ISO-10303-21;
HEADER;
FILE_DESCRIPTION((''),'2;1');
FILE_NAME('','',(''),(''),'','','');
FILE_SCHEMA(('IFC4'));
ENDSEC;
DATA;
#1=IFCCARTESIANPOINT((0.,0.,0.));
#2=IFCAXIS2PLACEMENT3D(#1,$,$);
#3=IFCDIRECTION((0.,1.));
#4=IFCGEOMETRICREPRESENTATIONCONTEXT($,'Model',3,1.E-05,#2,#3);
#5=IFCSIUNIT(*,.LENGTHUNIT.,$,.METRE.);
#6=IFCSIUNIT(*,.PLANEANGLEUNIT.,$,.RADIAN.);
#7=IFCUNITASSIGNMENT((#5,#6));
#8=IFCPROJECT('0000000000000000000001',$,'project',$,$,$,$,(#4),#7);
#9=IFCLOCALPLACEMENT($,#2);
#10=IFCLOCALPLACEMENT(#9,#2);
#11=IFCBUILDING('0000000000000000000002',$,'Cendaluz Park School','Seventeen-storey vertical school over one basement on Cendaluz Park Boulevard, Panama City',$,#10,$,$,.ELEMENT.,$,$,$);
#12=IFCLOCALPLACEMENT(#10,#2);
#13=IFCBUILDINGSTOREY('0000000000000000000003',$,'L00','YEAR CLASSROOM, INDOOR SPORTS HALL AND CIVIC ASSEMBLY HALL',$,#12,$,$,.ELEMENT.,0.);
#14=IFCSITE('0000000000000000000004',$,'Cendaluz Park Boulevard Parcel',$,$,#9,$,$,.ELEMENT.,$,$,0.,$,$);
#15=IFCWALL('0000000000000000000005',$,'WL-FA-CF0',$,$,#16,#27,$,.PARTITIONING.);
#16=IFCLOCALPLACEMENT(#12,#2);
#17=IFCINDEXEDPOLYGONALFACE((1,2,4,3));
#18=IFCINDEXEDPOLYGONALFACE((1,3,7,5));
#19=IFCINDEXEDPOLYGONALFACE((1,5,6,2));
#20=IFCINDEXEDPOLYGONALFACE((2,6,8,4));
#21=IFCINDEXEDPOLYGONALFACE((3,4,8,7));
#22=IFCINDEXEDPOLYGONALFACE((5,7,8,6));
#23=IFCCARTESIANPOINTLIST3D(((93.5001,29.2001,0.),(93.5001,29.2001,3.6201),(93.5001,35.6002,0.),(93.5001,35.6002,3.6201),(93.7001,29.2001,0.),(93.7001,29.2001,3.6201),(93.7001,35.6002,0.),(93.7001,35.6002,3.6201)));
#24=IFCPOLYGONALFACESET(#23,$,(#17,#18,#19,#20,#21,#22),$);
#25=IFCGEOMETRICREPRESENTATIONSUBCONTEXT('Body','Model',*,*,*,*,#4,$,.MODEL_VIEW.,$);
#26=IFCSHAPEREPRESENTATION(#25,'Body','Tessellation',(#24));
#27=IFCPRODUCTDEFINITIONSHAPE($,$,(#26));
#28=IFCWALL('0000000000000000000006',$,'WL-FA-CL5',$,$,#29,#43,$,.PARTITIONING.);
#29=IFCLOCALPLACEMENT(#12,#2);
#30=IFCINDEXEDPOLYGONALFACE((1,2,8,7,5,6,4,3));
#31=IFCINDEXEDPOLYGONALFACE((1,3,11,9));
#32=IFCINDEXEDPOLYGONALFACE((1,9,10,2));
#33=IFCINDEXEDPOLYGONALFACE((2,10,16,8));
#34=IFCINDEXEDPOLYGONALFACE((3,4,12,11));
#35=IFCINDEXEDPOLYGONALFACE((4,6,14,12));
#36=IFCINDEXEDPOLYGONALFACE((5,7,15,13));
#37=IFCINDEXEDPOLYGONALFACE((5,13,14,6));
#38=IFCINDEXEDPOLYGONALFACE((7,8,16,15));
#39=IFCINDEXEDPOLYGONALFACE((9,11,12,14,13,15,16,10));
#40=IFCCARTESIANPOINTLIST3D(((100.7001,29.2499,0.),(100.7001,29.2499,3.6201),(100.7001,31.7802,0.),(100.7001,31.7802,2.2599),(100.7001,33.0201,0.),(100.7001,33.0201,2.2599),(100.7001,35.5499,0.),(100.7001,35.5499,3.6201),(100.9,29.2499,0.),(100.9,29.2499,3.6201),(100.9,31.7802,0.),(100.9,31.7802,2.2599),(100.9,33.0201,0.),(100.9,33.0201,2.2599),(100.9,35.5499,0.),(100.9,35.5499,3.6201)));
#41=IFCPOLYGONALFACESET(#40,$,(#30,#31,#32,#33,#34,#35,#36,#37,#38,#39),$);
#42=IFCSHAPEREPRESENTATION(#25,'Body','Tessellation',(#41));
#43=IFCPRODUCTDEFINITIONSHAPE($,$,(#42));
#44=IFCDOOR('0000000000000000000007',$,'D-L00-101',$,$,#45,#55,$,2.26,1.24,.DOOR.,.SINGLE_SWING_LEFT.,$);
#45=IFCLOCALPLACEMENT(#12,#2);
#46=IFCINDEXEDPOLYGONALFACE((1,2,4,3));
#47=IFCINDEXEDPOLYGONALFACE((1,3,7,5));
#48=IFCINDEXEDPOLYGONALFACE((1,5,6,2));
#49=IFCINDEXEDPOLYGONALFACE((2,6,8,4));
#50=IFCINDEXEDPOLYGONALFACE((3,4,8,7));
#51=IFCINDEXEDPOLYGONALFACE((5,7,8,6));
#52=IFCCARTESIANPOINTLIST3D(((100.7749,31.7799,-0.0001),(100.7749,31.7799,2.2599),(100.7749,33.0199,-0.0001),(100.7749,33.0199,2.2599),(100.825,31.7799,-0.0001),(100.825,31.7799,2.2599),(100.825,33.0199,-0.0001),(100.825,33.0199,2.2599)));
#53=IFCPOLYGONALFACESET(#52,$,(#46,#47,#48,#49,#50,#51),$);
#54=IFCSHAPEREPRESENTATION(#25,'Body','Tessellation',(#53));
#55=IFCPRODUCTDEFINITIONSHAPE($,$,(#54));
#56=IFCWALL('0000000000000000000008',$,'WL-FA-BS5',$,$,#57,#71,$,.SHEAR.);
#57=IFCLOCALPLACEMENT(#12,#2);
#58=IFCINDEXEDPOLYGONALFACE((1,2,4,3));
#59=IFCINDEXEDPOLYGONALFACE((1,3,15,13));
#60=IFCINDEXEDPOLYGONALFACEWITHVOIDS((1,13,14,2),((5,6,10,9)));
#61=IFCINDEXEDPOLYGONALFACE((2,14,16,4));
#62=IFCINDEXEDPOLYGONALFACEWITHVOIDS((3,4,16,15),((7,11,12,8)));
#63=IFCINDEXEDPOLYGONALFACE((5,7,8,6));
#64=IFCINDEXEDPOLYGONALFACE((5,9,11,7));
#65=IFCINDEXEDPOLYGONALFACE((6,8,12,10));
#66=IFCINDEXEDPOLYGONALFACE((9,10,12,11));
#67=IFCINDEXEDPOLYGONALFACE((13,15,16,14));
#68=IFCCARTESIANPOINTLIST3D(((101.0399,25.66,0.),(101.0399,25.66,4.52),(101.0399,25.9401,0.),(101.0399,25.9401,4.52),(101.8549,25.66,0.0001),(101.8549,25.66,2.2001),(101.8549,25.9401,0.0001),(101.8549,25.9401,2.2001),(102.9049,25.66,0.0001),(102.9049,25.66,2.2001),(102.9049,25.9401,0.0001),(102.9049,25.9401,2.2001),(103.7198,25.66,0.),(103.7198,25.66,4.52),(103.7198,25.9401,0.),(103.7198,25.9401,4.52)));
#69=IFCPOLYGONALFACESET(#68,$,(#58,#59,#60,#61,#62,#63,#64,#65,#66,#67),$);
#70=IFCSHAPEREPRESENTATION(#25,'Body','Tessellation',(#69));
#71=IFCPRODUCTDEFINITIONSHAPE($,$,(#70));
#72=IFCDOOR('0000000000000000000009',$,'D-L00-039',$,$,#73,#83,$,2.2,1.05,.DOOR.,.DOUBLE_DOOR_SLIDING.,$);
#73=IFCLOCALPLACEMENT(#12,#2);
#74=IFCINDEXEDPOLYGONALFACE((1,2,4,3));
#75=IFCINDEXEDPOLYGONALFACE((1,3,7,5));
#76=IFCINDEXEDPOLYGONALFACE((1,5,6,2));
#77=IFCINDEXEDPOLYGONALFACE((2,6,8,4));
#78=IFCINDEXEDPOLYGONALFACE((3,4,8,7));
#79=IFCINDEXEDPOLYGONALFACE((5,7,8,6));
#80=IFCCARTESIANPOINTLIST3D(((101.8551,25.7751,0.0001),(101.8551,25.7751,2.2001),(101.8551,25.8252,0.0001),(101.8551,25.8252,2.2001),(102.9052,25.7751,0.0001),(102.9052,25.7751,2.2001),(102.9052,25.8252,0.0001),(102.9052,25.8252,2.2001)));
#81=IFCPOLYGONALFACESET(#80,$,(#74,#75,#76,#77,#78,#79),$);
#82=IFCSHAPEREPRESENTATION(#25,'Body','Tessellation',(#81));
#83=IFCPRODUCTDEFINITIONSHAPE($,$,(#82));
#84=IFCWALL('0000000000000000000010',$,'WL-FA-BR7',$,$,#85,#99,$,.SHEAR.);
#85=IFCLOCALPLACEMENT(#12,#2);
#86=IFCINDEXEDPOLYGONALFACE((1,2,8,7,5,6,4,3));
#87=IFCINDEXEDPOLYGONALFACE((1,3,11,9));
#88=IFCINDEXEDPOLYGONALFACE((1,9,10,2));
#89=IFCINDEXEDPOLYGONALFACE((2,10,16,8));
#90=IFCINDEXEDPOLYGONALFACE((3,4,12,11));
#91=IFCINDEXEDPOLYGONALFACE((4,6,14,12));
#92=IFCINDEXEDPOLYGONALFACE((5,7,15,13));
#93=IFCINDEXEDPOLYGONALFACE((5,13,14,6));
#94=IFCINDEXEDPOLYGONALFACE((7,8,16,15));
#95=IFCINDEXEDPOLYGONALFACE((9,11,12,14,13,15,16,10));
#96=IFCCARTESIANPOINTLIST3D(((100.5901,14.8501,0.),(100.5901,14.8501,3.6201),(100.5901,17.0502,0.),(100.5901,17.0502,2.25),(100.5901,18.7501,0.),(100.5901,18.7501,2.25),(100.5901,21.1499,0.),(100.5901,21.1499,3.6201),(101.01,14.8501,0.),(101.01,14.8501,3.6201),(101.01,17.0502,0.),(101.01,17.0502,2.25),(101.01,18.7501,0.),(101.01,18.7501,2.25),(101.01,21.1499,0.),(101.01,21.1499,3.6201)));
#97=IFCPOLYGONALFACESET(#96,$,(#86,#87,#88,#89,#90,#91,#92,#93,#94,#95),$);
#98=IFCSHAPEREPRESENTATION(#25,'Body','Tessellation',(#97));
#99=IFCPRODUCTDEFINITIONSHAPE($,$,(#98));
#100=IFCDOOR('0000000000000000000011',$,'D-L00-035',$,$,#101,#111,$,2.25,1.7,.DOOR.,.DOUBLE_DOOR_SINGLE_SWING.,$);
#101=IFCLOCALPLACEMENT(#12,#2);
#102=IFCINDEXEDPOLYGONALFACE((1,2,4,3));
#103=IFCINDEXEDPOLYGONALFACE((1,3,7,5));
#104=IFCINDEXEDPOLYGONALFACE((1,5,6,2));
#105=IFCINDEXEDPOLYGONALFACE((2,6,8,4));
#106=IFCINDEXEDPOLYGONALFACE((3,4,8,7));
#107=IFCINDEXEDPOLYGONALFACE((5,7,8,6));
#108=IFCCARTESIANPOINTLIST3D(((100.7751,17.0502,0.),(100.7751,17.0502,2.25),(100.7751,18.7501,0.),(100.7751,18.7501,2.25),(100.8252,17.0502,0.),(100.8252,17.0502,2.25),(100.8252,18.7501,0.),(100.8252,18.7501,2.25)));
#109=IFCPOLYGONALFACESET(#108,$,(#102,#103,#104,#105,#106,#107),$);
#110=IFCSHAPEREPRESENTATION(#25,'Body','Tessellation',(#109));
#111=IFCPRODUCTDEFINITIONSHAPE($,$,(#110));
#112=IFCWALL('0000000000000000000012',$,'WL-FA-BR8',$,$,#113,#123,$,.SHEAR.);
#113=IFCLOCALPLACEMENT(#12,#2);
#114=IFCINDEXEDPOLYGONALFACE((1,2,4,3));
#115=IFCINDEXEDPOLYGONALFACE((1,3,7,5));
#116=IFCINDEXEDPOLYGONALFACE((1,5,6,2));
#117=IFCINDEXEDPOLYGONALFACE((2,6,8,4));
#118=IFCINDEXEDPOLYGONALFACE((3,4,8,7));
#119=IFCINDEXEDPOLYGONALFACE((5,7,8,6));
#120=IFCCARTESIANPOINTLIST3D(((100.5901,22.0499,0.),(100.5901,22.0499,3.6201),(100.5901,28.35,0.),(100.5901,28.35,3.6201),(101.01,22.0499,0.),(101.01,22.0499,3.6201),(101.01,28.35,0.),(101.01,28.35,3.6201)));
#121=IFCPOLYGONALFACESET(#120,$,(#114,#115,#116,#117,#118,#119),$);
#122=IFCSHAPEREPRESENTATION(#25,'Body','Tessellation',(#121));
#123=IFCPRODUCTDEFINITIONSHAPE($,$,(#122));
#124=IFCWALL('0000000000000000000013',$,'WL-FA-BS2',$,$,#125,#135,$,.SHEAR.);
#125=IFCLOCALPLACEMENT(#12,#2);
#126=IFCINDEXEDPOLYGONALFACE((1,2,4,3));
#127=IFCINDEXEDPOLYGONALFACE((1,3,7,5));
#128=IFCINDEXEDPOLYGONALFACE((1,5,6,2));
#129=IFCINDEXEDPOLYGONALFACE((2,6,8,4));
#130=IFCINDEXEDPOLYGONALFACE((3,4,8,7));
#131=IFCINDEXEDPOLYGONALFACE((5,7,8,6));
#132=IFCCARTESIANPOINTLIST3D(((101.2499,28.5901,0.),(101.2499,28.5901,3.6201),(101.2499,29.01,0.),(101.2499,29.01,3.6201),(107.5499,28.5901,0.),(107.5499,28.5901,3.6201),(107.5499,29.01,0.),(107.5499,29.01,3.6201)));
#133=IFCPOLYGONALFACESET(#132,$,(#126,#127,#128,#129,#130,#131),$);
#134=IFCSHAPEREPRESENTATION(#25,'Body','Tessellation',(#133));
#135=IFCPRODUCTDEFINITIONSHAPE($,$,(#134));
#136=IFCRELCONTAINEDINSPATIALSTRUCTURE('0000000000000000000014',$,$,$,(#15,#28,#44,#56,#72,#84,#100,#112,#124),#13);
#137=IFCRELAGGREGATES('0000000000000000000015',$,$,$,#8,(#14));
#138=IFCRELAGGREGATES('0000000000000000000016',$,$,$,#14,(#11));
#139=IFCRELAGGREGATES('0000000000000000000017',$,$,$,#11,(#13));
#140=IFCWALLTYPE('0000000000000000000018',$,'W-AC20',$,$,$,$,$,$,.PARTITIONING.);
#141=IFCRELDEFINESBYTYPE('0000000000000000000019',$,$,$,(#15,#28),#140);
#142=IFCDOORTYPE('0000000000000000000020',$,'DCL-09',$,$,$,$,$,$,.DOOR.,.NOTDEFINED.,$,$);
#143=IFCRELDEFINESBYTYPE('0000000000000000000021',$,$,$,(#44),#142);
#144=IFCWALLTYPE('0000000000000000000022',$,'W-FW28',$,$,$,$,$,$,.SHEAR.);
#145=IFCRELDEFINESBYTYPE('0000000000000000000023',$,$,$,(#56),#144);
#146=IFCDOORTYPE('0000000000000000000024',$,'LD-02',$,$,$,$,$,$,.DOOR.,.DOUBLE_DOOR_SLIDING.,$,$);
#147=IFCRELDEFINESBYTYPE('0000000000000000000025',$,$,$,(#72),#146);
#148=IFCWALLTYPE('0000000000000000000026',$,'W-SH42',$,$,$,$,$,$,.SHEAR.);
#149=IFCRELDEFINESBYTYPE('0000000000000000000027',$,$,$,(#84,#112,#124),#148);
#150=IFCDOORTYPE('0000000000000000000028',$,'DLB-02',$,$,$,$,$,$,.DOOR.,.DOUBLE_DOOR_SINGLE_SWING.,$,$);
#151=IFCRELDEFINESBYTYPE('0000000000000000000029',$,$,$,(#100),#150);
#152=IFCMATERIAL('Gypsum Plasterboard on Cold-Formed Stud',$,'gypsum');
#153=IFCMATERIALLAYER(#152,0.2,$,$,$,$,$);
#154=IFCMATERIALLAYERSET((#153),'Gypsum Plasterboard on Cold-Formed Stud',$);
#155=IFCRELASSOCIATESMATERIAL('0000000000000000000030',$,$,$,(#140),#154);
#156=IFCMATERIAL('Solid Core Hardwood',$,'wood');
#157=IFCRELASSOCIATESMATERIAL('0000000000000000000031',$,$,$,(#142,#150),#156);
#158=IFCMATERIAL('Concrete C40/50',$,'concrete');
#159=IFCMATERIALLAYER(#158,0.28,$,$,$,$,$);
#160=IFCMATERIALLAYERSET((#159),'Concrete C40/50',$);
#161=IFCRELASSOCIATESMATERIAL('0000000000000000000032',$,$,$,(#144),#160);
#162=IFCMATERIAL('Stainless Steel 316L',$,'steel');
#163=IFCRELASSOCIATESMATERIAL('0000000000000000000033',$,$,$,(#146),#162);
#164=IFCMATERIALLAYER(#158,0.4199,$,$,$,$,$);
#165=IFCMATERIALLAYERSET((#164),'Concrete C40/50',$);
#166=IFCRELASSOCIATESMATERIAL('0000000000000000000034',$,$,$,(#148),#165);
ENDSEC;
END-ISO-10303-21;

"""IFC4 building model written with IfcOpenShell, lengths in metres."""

from ifc_helpers import new_model, si_unit, direction, frame, frame_2d, origin, place, context, subcontext, project, spatial, rectangle, extrude, material, layer, layer_set, type_object, element, fill, save


model = new_model("IFC4")

# Units and contexts
model_context = context("Model", 3, precision=1e-05, world=origin(), true_north=direction((0.0, 1.0)))
body_context = subcontext(model_context, "Body", "Model", "MODEL_VIEW")
ifc_project = project(units=[si_unit("LENGTHUNIT", "METRE"), si_unit("PLANEANGLEUNIT", "RADIAN")], contexts=[model_context])

# Site, building, storey
site_placement = place(None, origin())
site = spatial("IfcSite", under=ifc_project, at=site_placement, Name="Cendaluz Park Boulevard Parcel", CompositionType="ELEMENT", RefElevation=0.0)
building_placement = place(site_placement, origin())
building = spatial("IfcBuilding", under=site, at=building_placement, Name="Cendaluz Park School", Description="Seventeen-storey vertical school over one basement on Cendaluz Park Boulevard, Panama City", CompositionType="ELEMENT")
storey_placement = place(building_placement, origin())
storey = spatial("IfcBuildingStorey", under=building, at=storey_placement, Name="L00", Description="YEAR CLASSROOM, INDOOR SPORTS HALL AND CIVIC ASSEMBLY HALL", CompositionType="ELEMENT", Elevation=0.0)

# Shared definitions
ifc_material_1 = material(Name="Concrete C40/50", Category="concrete")

# Wall
ifc_material_2 = material(Name="Gypsum Plasterboard on Cold-Formed Stud", Category="gypsum")
ifc_layer_1 = layer(ifc_material_2, 0.2)
ifc_layer_set_1 = layer_set([ifc_layer_1], Name="Gypsum Plasterboard on Cold-Formed Stud")
wall_type_1 = type_object("IfcWallType", Name="W-AC20", PredefinedType="PARTITIONING", material=ifc_layer_set_1)
wall_1_placement = place(storey_placement, frame((93.6001, 29.2, 0.0), z_axis=(0.0, 0.0, 1.0), x_axis=(0.0, 1.0, 0.0)))
element("IfcWall", 1, at=wall_1_placement, inside=storey, type_object=wall_type_1, Name="WL-FA-CF0", PredefinedType="PARTITIONING", context=body_context, shape_type="SweptSolid", body=[
    extrude(rectangle(XDim=6.4001, YDim=0.2, at=frame_2d((3.2002, 0.0))), origin(), (0.0, 0.0, 1.0), 3.6201),
])

# Walls, openings, doors
wall_2_placement = place(storey_placement, frame((100.8, 29.25, 0.0), z_axis=(0.0, 0.0, 1.0), x_axis=(0.0, 1.0, 0.0)))
wall_2 = element("IfcWall", 2, at=wall_2_placement, inside=storey, type_object=wall_type_1, Name="WL-FA-CL5", PredefinedType="PARTITIONING", context=body_context, shape_type="SweptSolid", body=[
    extrude(rectangle(XDim=6.3, YDim=0.2, at=frame_2d((3.1499, 0.0))), origin(), (0.0, 0.0, 1.0), 3.6201),
])
opening_1_placement = place(wall_2_placement, frame((2.53, 0.0, 0.0)))
opening_1 = element("IfcOpeningElement", 3, at=opening_1_placement, cuts=wall_2, PredefinedType="OPENING", context=body_context, shape_type="SweptSolid", body=[
    extrude(rectangle(XDim=1.24, YDim=2.26, at=frame_2d((0.6201, 1.1299))), frame((0.0, 0.1121, 0.0), z_axis=(0.0, -1.0, 0.0), x_axis=(1.0, 0.0, 0.0)), (0.0, 0.0, 1.0), 0.2239),
])
ifc_material_3 = material(Name="Solid Core Hardwood", Category="wood")
door_type_1 = type_object("IfcDoorType", Name="DCL-09", OperationType="NOTDEFINED", PredefinedType="DOOR", material=ifc_material_3)
door_1_placement = place(opening_1_placement, frame((1.24, 0.0, 0.0), z_axis=(0.0, 0.0, 1.0), x_axis=(-1.0, 0.0, 0.0)))
door_1 = element("IfcDoor", 4, at=door_1_placement, inside=storey, type_object=door_type_1, Name="D-L00-101", OperationType="SINGLE_SWING_LEFT", OverallHeight=2.26, OverallWidth=1.24, PredefinedType="DOOR", context=body_context, shape_type="SweptSolid", body=[
    extrude(rectangle(XDim=1.24, YDim=2.26, at=frame_2d((0.6201, 1.1299))), frame((0.0, 0.0249, 0.0), z_axis=(0.0, -1.0, 0.0), x_axis=(1.0, 0.0, 0.0)), (0.0, 0.0, 1.0), 0.05),
])
fill(opening_1, door_1)
ifc_layer_2 = layer(ifc_material_1, 0.28)
ifc_layer_set_2 = layer_set([ifc_layer_2], Name="Concrete C40/50")
wall_type_2 = type_object("IfcWallType", Name="W-FW28", PredefinedType="SHEAR", material=ifc_layer_set_2)
wall_3_placement = place(storey_placement, frame((101.04, 25.8, 0.0), z_axis=(0.0, 0.0, 1.0), x_axis=(1.0, 0.0, 0.0)))
wall_3 = element("IfcWall", 5, at=wall_3_placement, inside=storey, type_object=wall_type_2, Name="WL-FA-BS5", PredefinedType="SHEAR", context=body_context, shape_type="SweptSolid", body=[
    extrude(rectangle(XDim=2.6799, YDim=0.28, at=frame_2d((1.3398, 0.0))), origin(), (0.0, 0.0, 1.0), 4.52),
])
opening_2_placement = place(wall_3_placement, frame((0.8149, 0.0, 0.0)))
opening_2 = element("IfcOpeningElement", 6, at=opening_2_placement, cuts=wall_3, PredefinedType="OPENING", context=body_context, shape_type="SweptSolid", body=[
    extrude(rectangle(XDim=1.05, YDim=2.2, at=frame_2d((0.5249, 1.1001))), frame((0.0, 0.1521, 0.0), z_axis=(0.0, -1.0, 0.0), x_axis=(1.0, 0.0, 0.0)), (0.0, 0.0, 1.0), 0.304),
])
ifc_material_4 = material(Name="Stainless Steel 316L", Category="steel")
door_type_2 = type_object("IfcDoorType", Name="LD-02", OperationType="DOUBLE_DOOR_SLIDING", PredefinedType="DOOR", material=ifc_material_4)
door_2_placement = place(opening_2_placement, frame((1.05, 0.0, 0.0), z_axis=(0.0, 0.0, 1.0), x_axis=(-1.0, 0.0, 0.0)))
door_2 = element("IfcDoor", 7, at=door_2_placement, inside=storey, type_object=door_type_2, Name="D-L00-039", OperationType="DOUBLE_DOOR_SLIDING", OverallHeight=2.2, OverallWidth=1.05, PredefinedType="DOOR", context=body_context, shape_type="SweptSolid", body=[
    extrude(rectangle(XDim=1.05, YDim=2.2, at=frame_2d((0.5249, 1.1001))), frame((0.0, 0.0249, 0.0), z_axis=(0.0, -1.0, 0.0), x_axis=(1.0, 0.0, 0.0)), (0.0, 0.0, 1.0), 0.05),
])
fill(opening_2, door_2)
ifc_layer_3 = layer(ifc_material_1, 0.4199)
ifc_layer_set_3 = layer_set([ifc_layer_3], Name="Concrete C40/50")
wall_type_3 = type_object("IfcWallType", Name="W-SH42", PredefinedType="SHEAR", material=ifc_layer_set_3)
wall_4_placement = place(storey_placement, frame((100.8, 14.8501, 0.0), z_axis=(0.0, 0.0, 1.0), x_axis=(0.0, 1.0, 0.0)))
wall_4 = element("IfcWall", 8, at=wall_4_placement, inside=storey, type_object=wall_type_3, Name="WL-FA-BR7", PredefinedType="SHEAR", context=body_context, shape_type="SweptSolid", body=[
    extrude(rectangle(XDim=6.2998, YDim=0.4199, at=frame_2d((3.1499, 0.0))), origin(), (0.0, 0.0, 1.0), 3.6201),
])
opening_3_placement = place(wall_4_placement, frame((2.2, 0.0, 0.0)))
opening_3 = element("IfcOpeningElement", 9, at=opening_3_placement, cuts=wall_4, PredefinedType="OPENING", context=body_context, shape_type="SweptSolid", body=[
    extrude(rectangle(XDim=1.7, YDim=2.25, at=frame_2d((0.8501, 1.125))), frame((0.0, 0.2219, 0.0), z_axis=(0.0, -1.0, 0.0), x_axis=(1.0, 0.0, 0.0)), (0.0, 0.0, 1.0), 0.4438),
])
door_type_3 = type_object("IfcDoorType", Name="DLB-02", OperationType="DOUBLE_DOOR_SINGLE_SWING", PredefinedType="DOOR", material=ifc_material_3)
door_3_placement = place(opening_3_placement, origin())
door_3 = element("IfcDoor", 10, at=door_3_placement, inside=storey, type_object=door_type_3, Name="D-L00-035", OperationType="DOUBLE_DOOR_SINGLE_SWING", OverallHeight=2.25, OverallWidth=1.7, PredefinedType="DOOR", context=body_context, shape_type="SweptSolid", body=[
    extrude(rectangle(XDim=1.7, YDim=2.25, at=frame_2d((0.8501, 1.125))), frame((0.0, 0.0249, 0.0), z_axis=(0.0, -1.0, 0.0), x_axis=(1.0, 0.0, 0.0)), (0.0, 0.0, 1.0), 0.05),
])
fill(opening_3, door_3)

# Walls
for number, where, z_axis, x_axis, name in (
    (11, (100.8, 22.05, 0.0), (0.0, 0.0, 1.0), (0.0, 1.0, 0.0), "WL-FA-BR8"),
    (12, (101.25, 28.8, 0.0), (0.0, 0.0, 1.0), (1.0, 0.0, 0.0), "WL-FA-BS2"),
):
    element("IfcWall", number, at=place(storey_placement, frame(where, z_axis=z_axis, x_axis=x_axis)), inside=storey, type_object=wall_type_3, Name=name, PredefinedType="SHEAR", context=body_context, shape_type="SweptSolid", body=[
        extrude(rectangle(XDim=6.3, YDim=0.4199, at=frame_2d((3.1499, 0.0))), origin(), (0.0, 0.0, 1.0), 3.6201),
    ])

save(model, "model.ifc")
